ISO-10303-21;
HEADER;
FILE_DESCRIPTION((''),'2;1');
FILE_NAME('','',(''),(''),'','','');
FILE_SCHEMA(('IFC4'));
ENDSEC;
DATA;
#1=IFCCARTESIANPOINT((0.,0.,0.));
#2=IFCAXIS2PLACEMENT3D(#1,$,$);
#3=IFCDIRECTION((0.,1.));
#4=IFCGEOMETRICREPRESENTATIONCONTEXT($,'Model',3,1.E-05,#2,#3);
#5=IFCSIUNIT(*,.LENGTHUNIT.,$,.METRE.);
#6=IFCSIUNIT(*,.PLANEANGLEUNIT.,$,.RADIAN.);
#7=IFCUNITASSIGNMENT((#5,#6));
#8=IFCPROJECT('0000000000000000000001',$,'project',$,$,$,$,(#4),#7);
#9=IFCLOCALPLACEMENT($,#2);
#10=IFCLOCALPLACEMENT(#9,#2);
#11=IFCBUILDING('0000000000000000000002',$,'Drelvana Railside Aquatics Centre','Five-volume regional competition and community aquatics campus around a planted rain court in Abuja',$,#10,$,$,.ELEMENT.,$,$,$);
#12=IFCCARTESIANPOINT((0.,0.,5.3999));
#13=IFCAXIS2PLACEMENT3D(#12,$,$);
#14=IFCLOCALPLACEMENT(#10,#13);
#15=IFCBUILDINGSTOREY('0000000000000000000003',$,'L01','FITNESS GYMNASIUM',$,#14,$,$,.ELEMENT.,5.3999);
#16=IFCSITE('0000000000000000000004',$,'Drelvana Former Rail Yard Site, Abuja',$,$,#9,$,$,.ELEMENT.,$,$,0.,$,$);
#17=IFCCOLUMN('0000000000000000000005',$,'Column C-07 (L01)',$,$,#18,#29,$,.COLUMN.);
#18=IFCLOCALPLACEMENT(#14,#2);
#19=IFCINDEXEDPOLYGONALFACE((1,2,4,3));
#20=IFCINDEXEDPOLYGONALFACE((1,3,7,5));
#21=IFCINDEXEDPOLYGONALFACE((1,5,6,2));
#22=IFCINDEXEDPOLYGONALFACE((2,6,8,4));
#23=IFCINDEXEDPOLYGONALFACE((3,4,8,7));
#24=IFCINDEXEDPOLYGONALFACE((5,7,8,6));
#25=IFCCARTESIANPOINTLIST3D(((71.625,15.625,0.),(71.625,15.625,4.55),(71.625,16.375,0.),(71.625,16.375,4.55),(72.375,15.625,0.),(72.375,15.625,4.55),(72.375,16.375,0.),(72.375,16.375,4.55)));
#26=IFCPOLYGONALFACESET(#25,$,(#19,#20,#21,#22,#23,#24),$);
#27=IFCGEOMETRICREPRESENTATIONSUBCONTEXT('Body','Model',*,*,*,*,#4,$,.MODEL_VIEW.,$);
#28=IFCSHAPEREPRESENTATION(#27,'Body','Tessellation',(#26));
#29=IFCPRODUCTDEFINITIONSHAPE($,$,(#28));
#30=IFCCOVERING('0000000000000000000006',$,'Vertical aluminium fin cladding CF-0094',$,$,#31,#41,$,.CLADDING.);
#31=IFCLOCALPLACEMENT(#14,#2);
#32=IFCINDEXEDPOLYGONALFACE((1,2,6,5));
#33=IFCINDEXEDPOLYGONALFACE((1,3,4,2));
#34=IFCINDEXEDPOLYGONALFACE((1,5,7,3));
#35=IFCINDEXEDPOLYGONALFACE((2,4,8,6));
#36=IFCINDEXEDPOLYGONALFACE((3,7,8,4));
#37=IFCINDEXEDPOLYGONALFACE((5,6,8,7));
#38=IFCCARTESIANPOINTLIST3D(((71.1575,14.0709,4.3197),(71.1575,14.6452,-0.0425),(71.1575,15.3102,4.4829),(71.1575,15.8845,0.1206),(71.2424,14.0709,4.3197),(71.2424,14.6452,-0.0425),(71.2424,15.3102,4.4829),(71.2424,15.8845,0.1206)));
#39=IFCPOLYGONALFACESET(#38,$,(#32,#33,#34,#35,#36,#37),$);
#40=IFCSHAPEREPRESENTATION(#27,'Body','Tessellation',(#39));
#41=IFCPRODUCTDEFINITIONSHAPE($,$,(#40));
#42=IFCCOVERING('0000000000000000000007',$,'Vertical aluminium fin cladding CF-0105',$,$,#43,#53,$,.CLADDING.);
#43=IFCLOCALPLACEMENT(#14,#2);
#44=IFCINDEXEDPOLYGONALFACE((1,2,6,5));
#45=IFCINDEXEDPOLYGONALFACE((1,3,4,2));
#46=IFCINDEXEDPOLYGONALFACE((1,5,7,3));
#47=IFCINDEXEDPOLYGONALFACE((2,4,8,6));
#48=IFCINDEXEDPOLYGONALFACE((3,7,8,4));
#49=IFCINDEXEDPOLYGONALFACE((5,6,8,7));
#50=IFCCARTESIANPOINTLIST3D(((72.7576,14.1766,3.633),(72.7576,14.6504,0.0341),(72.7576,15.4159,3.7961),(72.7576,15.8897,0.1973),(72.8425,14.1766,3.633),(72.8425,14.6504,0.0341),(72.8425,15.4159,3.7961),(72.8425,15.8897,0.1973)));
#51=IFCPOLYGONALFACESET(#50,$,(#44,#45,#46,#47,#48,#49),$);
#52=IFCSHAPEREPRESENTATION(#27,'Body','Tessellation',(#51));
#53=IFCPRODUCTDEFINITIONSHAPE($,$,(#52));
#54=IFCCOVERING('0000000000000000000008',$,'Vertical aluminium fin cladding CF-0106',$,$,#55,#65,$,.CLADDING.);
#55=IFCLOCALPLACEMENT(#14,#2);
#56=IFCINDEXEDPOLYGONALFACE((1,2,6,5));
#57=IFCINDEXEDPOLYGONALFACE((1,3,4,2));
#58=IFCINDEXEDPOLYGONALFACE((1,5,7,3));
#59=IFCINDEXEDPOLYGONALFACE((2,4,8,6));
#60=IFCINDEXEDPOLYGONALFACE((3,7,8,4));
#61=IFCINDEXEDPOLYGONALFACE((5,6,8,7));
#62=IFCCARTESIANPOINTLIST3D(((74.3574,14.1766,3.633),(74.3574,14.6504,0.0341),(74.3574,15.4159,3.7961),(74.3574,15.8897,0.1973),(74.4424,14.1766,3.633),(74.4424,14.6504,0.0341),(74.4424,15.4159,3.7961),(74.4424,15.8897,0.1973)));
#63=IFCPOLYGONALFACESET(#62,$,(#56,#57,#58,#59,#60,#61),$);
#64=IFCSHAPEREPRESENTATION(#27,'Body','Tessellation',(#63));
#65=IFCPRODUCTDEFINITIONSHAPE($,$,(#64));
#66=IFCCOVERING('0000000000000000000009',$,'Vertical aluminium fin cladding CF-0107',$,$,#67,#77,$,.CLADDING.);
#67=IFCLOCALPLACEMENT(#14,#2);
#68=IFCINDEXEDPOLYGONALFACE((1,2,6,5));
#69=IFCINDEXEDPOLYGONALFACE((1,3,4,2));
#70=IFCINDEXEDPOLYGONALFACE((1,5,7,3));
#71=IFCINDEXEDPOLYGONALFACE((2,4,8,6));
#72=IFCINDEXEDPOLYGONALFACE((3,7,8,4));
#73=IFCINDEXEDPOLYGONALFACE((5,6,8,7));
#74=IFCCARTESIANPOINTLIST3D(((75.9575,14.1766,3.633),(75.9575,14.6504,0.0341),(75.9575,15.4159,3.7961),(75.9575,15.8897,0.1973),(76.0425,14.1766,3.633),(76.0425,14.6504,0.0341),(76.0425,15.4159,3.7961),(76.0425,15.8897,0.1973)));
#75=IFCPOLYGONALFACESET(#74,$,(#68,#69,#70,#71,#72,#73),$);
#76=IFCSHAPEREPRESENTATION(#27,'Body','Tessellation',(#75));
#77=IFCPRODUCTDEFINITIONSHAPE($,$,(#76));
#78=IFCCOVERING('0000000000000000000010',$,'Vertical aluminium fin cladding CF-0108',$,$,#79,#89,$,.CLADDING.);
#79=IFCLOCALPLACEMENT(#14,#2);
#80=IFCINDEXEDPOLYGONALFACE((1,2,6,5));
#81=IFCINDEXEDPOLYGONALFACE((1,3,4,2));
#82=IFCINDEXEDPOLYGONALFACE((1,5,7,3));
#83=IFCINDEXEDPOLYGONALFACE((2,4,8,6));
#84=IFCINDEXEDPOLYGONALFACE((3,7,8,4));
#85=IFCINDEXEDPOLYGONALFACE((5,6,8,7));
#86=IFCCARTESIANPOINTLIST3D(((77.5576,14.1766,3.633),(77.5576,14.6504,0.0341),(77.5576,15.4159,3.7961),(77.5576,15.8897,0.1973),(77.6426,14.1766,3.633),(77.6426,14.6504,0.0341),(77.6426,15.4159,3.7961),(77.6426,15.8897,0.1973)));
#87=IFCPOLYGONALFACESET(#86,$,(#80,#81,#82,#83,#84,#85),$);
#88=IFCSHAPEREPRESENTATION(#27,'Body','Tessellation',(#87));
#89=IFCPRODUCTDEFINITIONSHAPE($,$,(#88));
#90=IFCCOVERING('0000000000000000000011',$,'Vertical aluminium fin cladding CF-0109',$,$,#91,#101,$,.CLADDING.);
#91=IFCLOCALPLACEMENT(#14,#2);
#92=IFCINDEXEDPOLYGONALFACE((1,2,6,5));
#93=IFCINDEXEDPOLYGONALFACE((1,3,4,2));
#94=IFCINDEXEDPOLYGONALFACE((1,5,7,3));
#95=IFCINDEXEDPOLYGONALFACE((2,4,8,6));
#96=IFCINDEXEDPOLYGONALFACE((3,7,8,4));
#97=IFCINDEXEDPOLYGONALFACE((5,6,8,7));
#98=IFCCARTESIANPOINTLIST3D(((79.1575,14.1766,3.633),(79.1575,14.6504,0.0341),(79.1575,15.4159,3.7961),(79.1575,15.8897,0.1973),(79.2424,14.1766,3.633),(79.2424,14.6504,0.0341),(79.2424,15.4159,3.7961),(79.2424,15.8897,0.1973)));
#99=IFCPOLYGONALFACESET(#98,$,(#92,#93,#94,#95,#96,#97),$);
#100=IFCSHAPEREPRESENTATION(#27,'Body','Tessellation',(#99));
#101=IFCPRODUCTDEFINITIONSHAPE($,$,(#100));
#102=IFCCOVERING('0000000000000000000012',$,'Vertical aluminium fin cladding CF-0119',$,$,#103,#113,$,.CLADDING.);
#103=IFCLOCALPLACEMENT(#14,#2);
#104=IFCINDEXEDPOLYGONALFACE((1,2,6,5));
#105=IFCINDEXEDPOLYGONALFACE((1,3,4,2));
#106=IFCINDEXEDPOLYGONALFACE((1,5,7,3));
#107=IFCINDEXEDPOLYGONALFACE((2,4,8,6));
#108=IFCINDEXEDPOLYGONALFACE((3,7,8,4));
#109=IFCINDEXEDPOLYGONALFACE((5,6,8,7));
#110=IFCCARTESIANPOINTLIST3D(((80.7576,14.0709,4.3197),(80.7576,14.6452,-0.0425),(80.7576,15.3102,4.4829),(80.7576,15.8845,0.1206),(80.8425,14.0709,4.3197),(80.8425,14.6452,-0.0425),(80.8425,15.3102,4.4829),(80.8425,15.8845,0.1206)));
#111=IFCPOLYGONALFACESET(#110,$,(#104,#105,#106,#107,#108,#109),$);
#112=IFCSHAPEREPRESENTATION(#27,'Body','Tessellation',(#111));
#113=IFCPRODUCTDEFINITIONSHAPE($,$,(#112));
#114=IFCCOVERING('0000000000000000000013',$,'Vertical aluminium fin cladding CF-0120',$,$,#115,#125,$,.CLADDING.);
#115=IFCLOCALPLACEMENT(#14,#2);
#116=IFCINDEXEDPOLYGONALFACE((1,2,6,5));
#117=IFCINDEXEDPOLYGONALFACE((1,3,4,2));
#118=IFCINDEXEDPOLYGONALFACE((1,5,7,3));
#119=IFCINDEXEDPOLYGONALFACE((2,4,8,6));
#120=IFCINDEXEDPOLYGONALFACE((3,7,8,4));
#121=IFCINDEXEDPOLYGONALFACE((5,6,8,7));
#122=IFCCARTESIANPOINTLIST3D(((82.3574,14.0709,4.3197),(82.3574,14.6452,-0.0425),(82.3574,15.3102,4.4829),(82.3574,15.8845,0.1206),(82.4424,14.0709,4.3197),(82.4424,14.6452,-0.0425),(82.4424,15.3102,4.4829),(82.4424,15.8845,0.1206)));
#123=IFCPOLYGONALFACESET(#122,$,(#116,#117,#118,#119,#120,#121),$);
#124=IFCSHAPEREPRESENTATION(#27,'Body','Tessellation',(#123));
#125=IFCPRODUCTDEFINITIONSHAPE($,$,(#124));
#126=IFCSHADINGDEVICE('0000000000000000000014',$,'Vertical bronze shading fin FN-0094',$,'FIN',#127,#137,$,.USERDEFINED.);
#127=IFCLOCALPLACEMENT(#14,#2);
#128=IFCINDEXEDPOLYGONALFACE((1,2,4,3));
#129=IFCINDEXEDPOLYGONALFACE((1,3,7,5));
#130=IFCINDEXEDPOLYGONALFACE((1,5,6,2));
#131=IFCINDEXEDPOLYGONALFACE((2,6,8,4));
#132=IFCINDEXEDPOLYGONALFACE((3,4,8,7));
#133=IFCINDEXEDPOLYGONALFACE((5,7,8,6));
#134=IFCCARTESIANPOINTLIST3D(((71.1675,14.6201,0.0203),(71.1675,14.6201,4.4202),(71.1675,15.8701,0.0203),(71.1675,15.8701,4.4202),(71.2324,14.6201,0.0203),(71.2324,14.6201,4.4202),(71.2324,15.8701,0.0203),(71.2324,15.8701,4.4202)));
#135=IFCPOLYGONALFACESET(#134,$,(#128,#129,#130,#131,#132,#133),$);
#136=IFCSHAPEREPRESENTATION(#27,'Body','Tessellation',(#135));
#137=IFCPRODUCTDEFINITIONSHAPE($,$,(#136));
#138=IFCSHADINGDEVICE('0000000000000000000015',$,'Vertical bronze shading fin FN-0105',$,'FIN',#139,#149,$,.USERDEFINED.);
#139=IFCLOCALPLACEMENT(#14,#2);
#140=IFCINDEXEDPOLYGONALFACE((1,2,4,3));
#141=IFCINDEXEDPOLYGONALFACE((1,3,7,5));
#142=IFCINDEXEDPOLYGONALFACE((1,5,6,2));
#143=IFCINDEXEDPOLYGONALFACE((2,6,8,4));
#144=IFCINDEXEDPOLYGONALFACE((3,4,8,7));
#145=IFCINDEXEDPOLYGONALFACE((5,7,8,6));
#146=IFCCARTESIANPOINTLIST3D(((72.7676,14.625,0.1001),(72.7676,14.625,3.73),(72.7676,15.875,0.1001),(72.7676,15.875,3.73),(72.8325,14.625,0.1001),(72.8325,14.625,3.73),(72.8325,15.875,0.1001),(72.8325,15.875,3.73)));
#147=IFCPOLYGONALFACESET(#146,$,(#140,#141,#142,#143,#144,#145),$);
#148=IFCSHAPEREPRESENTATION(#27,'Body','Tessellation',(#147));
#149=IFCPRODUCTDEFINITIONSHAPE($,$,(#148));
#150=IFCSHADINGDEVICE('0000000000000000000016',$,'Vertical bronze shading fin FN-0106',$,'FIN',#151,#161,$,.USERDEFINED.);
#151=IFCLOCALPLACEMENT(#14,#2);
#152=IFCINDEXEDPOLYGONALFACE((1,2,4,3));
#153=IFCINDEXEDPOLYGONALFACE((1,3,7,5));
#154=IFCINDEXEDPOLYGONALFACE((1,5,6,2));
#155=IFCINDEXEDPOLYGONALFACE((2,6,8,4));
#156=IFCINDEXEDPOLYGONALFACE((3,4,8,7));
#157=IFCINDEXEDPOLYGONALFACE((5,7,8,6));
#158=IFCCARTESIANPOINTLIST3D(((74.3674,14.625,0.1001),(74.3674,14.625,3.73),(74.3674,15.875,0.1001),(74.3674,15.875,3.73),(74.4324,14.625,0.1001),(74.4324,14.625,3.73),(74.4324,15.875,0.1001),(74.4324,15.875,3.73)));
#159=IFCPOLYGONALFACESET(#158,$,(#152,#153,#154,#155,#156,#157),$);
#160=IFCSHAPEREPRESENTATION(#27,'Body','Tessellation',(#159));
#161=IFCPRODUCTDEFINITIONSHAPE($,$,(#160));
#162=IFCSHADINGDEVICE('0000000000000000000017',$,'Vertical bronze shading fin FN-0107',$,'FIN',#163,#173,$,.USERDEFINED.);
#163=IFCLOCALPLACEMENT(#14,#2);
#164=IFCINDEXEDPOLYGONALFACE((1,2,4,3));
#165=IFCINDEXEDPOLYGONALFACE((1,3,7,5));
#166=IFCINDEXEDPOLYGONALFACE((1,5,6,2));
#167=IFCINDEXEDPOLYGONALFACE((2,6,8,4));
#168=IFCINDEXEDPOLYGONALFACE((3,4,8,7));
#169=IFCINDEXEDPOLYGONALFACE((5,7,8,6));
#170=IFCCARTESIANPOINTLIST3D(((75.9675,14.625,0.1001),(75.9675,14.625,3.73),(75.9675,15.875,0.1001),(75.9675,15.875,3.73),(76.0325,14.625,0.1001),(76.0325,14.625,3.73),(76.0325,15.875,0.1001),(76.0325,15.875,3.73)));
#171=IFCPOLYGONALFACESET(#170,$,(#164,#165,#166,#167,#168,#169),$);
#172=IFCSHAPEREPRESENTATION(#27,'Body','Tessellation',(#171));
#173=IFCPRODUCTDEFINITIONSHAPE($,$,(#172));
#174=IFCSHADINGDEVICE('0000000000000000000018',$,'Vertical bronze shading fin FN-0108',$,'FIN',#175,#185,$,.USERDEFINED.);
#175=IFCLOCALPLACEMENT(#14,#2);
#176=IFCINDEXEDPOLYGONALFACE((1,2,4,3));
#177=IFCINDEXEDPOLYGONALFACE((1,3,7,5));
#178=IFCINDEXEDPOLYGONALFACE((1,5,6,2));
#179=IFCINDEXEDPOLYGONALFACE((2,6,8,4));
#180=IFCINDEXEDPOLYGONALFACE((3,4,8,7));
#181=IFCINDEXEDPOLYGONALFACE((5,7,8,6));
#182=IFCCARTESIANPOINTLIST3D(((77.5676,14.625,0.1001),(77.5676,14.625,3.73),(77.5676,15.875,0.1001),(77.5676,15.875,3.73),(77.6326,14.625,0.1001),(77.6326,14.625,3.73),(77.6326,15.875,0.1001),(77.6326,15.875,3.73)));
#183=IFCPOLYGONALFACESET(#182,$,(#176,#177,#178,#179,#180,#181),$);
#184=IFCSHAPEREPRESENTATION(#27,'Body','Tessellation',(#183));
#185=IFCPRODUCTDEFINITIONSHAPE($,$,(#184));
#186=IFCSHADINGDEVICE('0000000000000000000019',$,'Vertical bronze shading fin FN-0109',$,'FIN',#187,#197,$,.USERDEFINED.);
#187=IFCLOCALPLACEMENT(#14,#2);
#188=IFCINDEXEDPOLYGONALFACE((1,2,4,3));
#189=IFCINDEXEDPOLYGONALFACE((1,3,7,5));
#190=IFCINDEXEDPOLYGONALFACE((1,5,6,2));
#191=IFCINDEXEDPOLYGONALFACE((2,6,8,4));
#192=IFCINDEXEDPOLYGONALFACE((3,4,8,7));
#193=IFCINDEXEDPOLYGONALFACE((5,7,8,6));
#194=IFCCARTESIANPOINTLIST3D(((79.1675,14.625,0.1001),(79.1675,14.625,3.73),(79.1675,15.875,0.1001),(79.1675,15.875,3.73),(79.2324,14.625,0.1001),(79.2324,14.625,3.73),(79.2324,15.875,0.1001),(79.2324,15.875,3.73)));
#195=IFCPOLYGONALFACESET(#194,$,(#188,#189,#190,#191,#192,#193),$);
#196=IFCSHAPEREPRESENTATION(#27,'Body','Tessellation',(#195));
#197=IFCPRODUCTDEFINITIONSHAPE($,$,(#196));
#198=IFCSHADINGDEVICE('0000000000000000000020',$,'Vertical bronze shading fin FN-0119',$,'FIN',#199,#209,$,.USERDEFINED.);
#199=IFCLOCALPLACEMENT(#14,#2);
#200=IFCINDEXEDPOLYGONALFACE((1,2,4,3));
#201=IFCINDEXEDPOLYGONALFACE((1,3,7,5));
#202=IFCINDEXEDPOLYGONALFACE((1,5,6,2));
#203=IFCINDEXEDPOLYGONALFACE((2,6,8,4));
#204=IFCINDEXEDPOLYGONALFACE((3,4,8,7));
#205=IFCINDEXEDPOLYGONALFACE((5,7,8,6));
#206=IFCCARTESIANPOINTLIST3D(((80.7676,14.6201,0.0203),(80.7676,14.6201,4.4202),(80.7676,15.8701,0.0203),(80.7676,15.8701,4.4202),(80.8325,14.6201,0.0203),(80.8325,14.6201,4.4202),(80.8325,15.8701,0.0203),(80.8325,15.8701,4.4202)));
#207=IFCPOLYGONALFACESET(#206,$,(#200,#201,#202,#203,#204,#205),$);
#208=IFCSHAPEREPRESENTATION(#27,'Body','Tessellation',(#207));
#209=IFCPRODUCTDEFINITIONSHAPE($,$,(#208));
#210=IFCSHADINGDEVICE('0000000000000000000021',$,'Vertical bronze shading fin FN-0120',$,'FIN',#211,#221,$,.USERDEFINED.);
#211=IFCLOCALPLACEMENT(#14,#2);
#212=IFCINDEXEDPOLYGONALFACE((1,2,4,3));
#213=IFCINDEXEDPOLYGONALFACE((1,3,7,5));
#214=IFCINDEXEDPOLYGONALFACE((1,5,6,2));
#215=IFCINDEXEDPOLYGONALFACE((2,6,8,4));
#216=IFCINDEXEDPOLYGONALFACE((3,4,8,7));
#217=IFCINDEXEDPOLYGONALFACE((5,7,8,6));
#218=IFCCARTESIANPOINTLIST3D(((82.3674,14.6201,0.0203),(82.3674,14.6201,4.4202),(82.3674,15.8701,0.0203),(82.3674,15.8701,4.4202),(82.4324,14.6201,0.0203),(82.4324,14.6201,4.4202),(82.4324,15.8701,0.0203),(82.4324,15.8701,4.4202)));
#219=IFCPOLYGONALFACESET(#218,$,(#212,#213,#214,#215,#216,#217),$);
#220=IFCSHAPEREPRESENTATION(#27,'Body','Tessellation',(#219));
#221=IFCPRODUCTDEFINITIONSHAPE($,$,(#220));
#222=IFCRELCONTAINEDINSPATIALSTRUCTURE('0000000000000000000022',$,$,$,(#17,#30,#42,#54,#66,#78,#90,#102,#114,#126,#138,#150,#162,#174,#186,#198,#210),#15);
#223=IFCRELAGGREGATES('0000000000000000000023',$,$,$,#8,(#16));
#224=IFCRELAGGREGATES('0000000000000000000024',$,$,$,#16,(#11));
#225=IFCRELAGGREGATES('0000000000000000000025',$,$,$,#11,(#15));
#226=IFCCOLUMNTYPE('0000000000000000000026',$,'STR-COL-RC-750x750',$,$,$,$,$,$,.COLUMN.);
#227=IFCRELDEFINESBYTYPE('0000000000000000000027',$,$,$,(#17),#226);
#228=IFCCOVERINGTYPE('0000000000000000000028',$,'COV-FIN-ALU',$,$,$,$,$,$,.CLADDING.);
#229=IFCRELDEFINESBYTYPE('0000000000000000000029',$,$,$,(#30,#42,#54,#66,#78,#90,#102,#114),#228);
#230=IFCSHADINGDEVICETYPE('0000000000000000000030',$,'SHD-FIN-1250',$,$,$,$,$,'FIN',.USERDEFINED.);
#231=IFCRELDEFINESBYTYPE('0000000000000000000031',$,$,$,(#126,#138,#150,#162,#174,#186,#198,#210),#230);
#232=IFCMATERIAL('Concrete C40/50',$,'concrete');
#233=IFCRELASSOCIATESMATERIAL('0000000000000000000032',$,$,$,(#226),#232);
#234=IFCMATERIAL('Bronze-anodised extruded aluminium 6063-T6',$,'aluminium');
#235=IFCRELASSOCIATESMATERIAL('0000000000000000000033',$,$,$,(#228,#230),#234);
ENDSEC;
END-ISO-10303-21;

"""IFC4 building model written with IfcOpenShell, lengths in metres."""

from ifc_helpers import new_model, si_unit, direction, frame, origin, origin_2d, place, context, subcontext, project, spatial, rectangle, extrude, material, material_profile, profile_set, type_object, element, save


model = new_model("IFC4")

# Units and contexts
model_context = context("Model", 3, precision=1e-05, world=origin(), true_north=direction((0.0, 1.0)))
body_context = subcontext(model_context, "Body", "Model", "MODEL_VIEW")
ifc_project = project(units=[si_unit("LENGTHUNIT", "METRE"), si_unit("PLANEANGLEUNIT", "RADIAN")], contexts=[model_context])

# Site, building, storey
site_placement = place(None, origin())
site = spatial("IfcSite", under=ifc_project, at=site_placement, Name="Drelvana Former Rail Yard Site, Abuja", CompositionType="ELEMENT", RefElevation=0.0)
building_placement = place(site_placement, origin())
building = spatial("IfcBuilding", under=site, at=building_placement, Name="Drelvana Railside Aquatics Centre", Description="Five-volume regional competition and community aquatics campus around a planted rain court in Abuja", CompositionType="ELEMENT")
storey_placement = place(building_placement, frame((0.0, 0.0, 5.3999)))
storey = spatial("IfcBuildingStorey", under=building, at=storey_placement, Name="L01", Description="FITNESS GYMNASIUM", CompositionType="ELEMENT", Elevation=5.3999)

# Column
ifc_material_1 = material(Name="Concrete C40/50", Category="concrete")
ifc_material_profile = material_profile(ifc_material_1, rectangle(XDim=0.75, YDim=0.75, at=origin_2d()), Name="RC 750x750")
ifc_profile_set = profile_set([ifc_material_profile], Name="Concrete C40/50")
column_type = type_object("IfcColumnType", Name="STR-COL-RC-750x750", PredefinedType="COLUMN", material=ifc_profile_set)
column_placement = place(storey_placement, frame((72.0, 16.0, 0.0), z_axis=(0.0, 0.0, 1.0), x_axis=(1.0, 0.0, 0.0)))
element("IfcColumn", 1, at=column_placement, inside=storey, type_object=column_type, Name="Column C-07 (L01)", PredefinedType="COLUMN", context=body_context, shape_type="SweptSolid", body=[
    extrude(rectangle(XDim=0.75, YDim=0.75, at=origin_2d()), origin(), (0.0, 0.0, 1.0), 4.55),
])

# Coverings
ifc_material_2 = material(Name="Bronze-anodised extruded aluminium 6063-T6", Category="aluminium")
covering_type = type_object("IfcCoveringType", Name="COV-FIN-ALU", PredefinedType="CLADDING", material=ifc_material_2)
covering_placement = place(storey_placement, frame((71.2, 15.2649, 0.0391), z_axis=(0.0, -0.130526, 0.991445), x_axis=(-1.0, 0.0, 0.0)))
element("IfcCovering", 2, at=covering_placement, inside=storey, type_object=covering_type, Name="Vertical aluminium fin cladding CF-0094", PredefinedType="CLADDING", context=body_context, shape_type="SweptSolid", body=[
    extrude(rectangle(XDim=0.085, YDim=1.25, at=origin_2d()), origin(), (0.0, 0.0, 1.0), 4.3999),
])
for number, where, z_axis, x_axis, name in (
    (3, (72.8, 15.27, 0.1157), (0.0, -0.130526, 0.991445), (-1.0, 0.0, 0.0), "Vertical aluminium fin cladding CF-0105"),
    (4, (74.3999, 15.27, 0.1157), (0.0, -0.130526, 0.991445), (-1.0, 0.0, 0.0), "Vertical aluminium fin cladding CF-0106"),
    (5, (76.0, 15.27, 0.1157), (0.0, -0.130526, 0.991445), (-1.0, 0.0, 0.0), "Vertical aluminium fin cladding CF-0107"),
    (6, (77.6001, 15.27, 0.1157), (0.0, -0.130526, 0.991445), (-1.0, 0.0, 0.0), "Vertical aluminium fin cladding CF-0108"),
    (7, (79.2, 15.27, 0.1157), (0.0, -0.130526, 0.991445), (-1.0, 0.0, 0.0), "Vertical aluminium fin cladding CF-0109"),
):
    element("IfcCovering", number, at=place(storey_placement, frame(where, z_axis=z_axis, x_axis=x_axis)), inside=storey, type_object=covering_type, Name=name, PredefinedType="CLADDING", context=body_context, shape_type="SweptSolid", body=[
        extrude(rectangle(XDim=0.085, YDim=1.25, at=origin_2d()), origin(), (0.0, 0.0, 1.0), 3.6299),
    ])
for number, where, z_axis, x_axis, name in (
    (8, (80.8, 15.2649, 0.0391), (0.0, -0.130526, 0.991445), (-1.0, 0.0, 0.0), "Vertical aluminium fin cladding CF-0119"),
    (9, (82.3999, 15.2649, 0.0391), (0.0, -0.130526, 0.991445), (-1.0, 0.0, 0.0), "Vertical aluminium fin cladding CF-0120"),
):
    element("IfcCovering", number, at=place(storey_placement, frame(where, z_axis=z_axis, x_axis=x_axis)), inside=storey, type_object=covering_type, Name=name, PredefinedType="CLADDING", context=body_context, shape_type="SweptSolid", body=[
        extrude(rectangle(XDim=0.085, YDim=1.25, at=origin_2d()), origin(), (0.0, 0.0, 1.0), 4.3999),
    ])

# Shading devices
shading_device_type = type_object("IfcShadingDeviceType", Name="SHD-FIN-1250", ElementType="FIN", PredefinedType="USERDEFINED", material=ifc_material_2)
shading_device_placement = place(storey_placement, frame((71.2, 15.2451, 0.0203), z_axis=(0.0, 0.0, 1.0), x_axis=(0.0, -1.0, 0.0)))
element("IfcShadingDevice", 10, at=shading_device_placement, inside=storey, type_object=shading_device_type, Name="Vertical bronze shading fin FN-0094", ObjectType="FIN", PredefinedType="USERDEFINED", context=body_context, shape_type="SweptSolid", body=[
    extrude(rectangle(XDim=1.25, YDim=0.0649, at=origin_2d()), origin(), (0.0, 0.0, 1.0), 4.3999),
])
for number, where, z_axis, x_axis, name in (
    (11, (72.8, 15.25, 0.1001), (0.0, 0.0, 1.0), (0.0, -1.0, 0.0), "Vertical bronze shading fin FN-0105"),
    (12, (74.3999, 15.25, 0.1001), (0.0, 0.0, 1.0), (0.0, -1.0, 0.0), "Vertical bronze shading fin FN-0106"),
    (13, (76.0, 15.25, 0.1001), (0.0, 0.0, 1.0), (0.0, -1.0, 0.0), "Vertical bronze shading fin FN-0107"),
    (14, (77.6001, 15.25, 0.1001), (0.0, 0.0, 1.0), (0.0, -1.0, 0.0), "Vertical bronze shading fin FN-0108"),
    (15, (79.2, 15.25, 0.1001), (0.0, 0.0, 1.0), (0.0, -1.0, 0.0), "Vertical bronze shading fin FN-0109"),
):
    element("IfcShadingDevice", number, at=place(storey_placement, frame(where, z_axis=z_axis, x_axis=x_axis)), inside=storey, type_object=shading_device_type, Name=name, ObjectType="FIN", PredefinedType="USERDEFINED", context=body_context, shape_type="SweptSolid", body=[
        extrude(rectangle(XDim=1.25, YDim=0.0649, at=origin_2d()), origin(), (0.0, 0.0, 1.0), 3.6299),
    ])
for number, where, z_axis, x_axis, name in (
    (16, (80.8, 15.2451, 0.0203), (0.0, 0.0, 1.0), (0.0, -1.0, 0.0), "Vertical bronze shading fin FN-0119"),
    (17, (82.3999, 15.2451, 0.0203), (0.0, 0.0, 1.0), (0.0, -1.0, 0.0), "Vertical bronze shading fin FN-0120"),
):
    element("IfcShadingDevice", number, at=place(storey_placement, frame(where, z_axis=z_axis, x_axis=x_axis)), inside=storey, type_object=shading_device_type, Name=name, ObjectType="FIN", PredefinedType="USERDEFINED", context=body_context, shape_type="SweptSolid", body=[
        extrude(rectangle(XDim=1.25, YDim=0.0649, at=origin_2d()), origin(), (0.0, 0.0, 1.0), 4.3999),
    ])

save(model, "model.ifc")
